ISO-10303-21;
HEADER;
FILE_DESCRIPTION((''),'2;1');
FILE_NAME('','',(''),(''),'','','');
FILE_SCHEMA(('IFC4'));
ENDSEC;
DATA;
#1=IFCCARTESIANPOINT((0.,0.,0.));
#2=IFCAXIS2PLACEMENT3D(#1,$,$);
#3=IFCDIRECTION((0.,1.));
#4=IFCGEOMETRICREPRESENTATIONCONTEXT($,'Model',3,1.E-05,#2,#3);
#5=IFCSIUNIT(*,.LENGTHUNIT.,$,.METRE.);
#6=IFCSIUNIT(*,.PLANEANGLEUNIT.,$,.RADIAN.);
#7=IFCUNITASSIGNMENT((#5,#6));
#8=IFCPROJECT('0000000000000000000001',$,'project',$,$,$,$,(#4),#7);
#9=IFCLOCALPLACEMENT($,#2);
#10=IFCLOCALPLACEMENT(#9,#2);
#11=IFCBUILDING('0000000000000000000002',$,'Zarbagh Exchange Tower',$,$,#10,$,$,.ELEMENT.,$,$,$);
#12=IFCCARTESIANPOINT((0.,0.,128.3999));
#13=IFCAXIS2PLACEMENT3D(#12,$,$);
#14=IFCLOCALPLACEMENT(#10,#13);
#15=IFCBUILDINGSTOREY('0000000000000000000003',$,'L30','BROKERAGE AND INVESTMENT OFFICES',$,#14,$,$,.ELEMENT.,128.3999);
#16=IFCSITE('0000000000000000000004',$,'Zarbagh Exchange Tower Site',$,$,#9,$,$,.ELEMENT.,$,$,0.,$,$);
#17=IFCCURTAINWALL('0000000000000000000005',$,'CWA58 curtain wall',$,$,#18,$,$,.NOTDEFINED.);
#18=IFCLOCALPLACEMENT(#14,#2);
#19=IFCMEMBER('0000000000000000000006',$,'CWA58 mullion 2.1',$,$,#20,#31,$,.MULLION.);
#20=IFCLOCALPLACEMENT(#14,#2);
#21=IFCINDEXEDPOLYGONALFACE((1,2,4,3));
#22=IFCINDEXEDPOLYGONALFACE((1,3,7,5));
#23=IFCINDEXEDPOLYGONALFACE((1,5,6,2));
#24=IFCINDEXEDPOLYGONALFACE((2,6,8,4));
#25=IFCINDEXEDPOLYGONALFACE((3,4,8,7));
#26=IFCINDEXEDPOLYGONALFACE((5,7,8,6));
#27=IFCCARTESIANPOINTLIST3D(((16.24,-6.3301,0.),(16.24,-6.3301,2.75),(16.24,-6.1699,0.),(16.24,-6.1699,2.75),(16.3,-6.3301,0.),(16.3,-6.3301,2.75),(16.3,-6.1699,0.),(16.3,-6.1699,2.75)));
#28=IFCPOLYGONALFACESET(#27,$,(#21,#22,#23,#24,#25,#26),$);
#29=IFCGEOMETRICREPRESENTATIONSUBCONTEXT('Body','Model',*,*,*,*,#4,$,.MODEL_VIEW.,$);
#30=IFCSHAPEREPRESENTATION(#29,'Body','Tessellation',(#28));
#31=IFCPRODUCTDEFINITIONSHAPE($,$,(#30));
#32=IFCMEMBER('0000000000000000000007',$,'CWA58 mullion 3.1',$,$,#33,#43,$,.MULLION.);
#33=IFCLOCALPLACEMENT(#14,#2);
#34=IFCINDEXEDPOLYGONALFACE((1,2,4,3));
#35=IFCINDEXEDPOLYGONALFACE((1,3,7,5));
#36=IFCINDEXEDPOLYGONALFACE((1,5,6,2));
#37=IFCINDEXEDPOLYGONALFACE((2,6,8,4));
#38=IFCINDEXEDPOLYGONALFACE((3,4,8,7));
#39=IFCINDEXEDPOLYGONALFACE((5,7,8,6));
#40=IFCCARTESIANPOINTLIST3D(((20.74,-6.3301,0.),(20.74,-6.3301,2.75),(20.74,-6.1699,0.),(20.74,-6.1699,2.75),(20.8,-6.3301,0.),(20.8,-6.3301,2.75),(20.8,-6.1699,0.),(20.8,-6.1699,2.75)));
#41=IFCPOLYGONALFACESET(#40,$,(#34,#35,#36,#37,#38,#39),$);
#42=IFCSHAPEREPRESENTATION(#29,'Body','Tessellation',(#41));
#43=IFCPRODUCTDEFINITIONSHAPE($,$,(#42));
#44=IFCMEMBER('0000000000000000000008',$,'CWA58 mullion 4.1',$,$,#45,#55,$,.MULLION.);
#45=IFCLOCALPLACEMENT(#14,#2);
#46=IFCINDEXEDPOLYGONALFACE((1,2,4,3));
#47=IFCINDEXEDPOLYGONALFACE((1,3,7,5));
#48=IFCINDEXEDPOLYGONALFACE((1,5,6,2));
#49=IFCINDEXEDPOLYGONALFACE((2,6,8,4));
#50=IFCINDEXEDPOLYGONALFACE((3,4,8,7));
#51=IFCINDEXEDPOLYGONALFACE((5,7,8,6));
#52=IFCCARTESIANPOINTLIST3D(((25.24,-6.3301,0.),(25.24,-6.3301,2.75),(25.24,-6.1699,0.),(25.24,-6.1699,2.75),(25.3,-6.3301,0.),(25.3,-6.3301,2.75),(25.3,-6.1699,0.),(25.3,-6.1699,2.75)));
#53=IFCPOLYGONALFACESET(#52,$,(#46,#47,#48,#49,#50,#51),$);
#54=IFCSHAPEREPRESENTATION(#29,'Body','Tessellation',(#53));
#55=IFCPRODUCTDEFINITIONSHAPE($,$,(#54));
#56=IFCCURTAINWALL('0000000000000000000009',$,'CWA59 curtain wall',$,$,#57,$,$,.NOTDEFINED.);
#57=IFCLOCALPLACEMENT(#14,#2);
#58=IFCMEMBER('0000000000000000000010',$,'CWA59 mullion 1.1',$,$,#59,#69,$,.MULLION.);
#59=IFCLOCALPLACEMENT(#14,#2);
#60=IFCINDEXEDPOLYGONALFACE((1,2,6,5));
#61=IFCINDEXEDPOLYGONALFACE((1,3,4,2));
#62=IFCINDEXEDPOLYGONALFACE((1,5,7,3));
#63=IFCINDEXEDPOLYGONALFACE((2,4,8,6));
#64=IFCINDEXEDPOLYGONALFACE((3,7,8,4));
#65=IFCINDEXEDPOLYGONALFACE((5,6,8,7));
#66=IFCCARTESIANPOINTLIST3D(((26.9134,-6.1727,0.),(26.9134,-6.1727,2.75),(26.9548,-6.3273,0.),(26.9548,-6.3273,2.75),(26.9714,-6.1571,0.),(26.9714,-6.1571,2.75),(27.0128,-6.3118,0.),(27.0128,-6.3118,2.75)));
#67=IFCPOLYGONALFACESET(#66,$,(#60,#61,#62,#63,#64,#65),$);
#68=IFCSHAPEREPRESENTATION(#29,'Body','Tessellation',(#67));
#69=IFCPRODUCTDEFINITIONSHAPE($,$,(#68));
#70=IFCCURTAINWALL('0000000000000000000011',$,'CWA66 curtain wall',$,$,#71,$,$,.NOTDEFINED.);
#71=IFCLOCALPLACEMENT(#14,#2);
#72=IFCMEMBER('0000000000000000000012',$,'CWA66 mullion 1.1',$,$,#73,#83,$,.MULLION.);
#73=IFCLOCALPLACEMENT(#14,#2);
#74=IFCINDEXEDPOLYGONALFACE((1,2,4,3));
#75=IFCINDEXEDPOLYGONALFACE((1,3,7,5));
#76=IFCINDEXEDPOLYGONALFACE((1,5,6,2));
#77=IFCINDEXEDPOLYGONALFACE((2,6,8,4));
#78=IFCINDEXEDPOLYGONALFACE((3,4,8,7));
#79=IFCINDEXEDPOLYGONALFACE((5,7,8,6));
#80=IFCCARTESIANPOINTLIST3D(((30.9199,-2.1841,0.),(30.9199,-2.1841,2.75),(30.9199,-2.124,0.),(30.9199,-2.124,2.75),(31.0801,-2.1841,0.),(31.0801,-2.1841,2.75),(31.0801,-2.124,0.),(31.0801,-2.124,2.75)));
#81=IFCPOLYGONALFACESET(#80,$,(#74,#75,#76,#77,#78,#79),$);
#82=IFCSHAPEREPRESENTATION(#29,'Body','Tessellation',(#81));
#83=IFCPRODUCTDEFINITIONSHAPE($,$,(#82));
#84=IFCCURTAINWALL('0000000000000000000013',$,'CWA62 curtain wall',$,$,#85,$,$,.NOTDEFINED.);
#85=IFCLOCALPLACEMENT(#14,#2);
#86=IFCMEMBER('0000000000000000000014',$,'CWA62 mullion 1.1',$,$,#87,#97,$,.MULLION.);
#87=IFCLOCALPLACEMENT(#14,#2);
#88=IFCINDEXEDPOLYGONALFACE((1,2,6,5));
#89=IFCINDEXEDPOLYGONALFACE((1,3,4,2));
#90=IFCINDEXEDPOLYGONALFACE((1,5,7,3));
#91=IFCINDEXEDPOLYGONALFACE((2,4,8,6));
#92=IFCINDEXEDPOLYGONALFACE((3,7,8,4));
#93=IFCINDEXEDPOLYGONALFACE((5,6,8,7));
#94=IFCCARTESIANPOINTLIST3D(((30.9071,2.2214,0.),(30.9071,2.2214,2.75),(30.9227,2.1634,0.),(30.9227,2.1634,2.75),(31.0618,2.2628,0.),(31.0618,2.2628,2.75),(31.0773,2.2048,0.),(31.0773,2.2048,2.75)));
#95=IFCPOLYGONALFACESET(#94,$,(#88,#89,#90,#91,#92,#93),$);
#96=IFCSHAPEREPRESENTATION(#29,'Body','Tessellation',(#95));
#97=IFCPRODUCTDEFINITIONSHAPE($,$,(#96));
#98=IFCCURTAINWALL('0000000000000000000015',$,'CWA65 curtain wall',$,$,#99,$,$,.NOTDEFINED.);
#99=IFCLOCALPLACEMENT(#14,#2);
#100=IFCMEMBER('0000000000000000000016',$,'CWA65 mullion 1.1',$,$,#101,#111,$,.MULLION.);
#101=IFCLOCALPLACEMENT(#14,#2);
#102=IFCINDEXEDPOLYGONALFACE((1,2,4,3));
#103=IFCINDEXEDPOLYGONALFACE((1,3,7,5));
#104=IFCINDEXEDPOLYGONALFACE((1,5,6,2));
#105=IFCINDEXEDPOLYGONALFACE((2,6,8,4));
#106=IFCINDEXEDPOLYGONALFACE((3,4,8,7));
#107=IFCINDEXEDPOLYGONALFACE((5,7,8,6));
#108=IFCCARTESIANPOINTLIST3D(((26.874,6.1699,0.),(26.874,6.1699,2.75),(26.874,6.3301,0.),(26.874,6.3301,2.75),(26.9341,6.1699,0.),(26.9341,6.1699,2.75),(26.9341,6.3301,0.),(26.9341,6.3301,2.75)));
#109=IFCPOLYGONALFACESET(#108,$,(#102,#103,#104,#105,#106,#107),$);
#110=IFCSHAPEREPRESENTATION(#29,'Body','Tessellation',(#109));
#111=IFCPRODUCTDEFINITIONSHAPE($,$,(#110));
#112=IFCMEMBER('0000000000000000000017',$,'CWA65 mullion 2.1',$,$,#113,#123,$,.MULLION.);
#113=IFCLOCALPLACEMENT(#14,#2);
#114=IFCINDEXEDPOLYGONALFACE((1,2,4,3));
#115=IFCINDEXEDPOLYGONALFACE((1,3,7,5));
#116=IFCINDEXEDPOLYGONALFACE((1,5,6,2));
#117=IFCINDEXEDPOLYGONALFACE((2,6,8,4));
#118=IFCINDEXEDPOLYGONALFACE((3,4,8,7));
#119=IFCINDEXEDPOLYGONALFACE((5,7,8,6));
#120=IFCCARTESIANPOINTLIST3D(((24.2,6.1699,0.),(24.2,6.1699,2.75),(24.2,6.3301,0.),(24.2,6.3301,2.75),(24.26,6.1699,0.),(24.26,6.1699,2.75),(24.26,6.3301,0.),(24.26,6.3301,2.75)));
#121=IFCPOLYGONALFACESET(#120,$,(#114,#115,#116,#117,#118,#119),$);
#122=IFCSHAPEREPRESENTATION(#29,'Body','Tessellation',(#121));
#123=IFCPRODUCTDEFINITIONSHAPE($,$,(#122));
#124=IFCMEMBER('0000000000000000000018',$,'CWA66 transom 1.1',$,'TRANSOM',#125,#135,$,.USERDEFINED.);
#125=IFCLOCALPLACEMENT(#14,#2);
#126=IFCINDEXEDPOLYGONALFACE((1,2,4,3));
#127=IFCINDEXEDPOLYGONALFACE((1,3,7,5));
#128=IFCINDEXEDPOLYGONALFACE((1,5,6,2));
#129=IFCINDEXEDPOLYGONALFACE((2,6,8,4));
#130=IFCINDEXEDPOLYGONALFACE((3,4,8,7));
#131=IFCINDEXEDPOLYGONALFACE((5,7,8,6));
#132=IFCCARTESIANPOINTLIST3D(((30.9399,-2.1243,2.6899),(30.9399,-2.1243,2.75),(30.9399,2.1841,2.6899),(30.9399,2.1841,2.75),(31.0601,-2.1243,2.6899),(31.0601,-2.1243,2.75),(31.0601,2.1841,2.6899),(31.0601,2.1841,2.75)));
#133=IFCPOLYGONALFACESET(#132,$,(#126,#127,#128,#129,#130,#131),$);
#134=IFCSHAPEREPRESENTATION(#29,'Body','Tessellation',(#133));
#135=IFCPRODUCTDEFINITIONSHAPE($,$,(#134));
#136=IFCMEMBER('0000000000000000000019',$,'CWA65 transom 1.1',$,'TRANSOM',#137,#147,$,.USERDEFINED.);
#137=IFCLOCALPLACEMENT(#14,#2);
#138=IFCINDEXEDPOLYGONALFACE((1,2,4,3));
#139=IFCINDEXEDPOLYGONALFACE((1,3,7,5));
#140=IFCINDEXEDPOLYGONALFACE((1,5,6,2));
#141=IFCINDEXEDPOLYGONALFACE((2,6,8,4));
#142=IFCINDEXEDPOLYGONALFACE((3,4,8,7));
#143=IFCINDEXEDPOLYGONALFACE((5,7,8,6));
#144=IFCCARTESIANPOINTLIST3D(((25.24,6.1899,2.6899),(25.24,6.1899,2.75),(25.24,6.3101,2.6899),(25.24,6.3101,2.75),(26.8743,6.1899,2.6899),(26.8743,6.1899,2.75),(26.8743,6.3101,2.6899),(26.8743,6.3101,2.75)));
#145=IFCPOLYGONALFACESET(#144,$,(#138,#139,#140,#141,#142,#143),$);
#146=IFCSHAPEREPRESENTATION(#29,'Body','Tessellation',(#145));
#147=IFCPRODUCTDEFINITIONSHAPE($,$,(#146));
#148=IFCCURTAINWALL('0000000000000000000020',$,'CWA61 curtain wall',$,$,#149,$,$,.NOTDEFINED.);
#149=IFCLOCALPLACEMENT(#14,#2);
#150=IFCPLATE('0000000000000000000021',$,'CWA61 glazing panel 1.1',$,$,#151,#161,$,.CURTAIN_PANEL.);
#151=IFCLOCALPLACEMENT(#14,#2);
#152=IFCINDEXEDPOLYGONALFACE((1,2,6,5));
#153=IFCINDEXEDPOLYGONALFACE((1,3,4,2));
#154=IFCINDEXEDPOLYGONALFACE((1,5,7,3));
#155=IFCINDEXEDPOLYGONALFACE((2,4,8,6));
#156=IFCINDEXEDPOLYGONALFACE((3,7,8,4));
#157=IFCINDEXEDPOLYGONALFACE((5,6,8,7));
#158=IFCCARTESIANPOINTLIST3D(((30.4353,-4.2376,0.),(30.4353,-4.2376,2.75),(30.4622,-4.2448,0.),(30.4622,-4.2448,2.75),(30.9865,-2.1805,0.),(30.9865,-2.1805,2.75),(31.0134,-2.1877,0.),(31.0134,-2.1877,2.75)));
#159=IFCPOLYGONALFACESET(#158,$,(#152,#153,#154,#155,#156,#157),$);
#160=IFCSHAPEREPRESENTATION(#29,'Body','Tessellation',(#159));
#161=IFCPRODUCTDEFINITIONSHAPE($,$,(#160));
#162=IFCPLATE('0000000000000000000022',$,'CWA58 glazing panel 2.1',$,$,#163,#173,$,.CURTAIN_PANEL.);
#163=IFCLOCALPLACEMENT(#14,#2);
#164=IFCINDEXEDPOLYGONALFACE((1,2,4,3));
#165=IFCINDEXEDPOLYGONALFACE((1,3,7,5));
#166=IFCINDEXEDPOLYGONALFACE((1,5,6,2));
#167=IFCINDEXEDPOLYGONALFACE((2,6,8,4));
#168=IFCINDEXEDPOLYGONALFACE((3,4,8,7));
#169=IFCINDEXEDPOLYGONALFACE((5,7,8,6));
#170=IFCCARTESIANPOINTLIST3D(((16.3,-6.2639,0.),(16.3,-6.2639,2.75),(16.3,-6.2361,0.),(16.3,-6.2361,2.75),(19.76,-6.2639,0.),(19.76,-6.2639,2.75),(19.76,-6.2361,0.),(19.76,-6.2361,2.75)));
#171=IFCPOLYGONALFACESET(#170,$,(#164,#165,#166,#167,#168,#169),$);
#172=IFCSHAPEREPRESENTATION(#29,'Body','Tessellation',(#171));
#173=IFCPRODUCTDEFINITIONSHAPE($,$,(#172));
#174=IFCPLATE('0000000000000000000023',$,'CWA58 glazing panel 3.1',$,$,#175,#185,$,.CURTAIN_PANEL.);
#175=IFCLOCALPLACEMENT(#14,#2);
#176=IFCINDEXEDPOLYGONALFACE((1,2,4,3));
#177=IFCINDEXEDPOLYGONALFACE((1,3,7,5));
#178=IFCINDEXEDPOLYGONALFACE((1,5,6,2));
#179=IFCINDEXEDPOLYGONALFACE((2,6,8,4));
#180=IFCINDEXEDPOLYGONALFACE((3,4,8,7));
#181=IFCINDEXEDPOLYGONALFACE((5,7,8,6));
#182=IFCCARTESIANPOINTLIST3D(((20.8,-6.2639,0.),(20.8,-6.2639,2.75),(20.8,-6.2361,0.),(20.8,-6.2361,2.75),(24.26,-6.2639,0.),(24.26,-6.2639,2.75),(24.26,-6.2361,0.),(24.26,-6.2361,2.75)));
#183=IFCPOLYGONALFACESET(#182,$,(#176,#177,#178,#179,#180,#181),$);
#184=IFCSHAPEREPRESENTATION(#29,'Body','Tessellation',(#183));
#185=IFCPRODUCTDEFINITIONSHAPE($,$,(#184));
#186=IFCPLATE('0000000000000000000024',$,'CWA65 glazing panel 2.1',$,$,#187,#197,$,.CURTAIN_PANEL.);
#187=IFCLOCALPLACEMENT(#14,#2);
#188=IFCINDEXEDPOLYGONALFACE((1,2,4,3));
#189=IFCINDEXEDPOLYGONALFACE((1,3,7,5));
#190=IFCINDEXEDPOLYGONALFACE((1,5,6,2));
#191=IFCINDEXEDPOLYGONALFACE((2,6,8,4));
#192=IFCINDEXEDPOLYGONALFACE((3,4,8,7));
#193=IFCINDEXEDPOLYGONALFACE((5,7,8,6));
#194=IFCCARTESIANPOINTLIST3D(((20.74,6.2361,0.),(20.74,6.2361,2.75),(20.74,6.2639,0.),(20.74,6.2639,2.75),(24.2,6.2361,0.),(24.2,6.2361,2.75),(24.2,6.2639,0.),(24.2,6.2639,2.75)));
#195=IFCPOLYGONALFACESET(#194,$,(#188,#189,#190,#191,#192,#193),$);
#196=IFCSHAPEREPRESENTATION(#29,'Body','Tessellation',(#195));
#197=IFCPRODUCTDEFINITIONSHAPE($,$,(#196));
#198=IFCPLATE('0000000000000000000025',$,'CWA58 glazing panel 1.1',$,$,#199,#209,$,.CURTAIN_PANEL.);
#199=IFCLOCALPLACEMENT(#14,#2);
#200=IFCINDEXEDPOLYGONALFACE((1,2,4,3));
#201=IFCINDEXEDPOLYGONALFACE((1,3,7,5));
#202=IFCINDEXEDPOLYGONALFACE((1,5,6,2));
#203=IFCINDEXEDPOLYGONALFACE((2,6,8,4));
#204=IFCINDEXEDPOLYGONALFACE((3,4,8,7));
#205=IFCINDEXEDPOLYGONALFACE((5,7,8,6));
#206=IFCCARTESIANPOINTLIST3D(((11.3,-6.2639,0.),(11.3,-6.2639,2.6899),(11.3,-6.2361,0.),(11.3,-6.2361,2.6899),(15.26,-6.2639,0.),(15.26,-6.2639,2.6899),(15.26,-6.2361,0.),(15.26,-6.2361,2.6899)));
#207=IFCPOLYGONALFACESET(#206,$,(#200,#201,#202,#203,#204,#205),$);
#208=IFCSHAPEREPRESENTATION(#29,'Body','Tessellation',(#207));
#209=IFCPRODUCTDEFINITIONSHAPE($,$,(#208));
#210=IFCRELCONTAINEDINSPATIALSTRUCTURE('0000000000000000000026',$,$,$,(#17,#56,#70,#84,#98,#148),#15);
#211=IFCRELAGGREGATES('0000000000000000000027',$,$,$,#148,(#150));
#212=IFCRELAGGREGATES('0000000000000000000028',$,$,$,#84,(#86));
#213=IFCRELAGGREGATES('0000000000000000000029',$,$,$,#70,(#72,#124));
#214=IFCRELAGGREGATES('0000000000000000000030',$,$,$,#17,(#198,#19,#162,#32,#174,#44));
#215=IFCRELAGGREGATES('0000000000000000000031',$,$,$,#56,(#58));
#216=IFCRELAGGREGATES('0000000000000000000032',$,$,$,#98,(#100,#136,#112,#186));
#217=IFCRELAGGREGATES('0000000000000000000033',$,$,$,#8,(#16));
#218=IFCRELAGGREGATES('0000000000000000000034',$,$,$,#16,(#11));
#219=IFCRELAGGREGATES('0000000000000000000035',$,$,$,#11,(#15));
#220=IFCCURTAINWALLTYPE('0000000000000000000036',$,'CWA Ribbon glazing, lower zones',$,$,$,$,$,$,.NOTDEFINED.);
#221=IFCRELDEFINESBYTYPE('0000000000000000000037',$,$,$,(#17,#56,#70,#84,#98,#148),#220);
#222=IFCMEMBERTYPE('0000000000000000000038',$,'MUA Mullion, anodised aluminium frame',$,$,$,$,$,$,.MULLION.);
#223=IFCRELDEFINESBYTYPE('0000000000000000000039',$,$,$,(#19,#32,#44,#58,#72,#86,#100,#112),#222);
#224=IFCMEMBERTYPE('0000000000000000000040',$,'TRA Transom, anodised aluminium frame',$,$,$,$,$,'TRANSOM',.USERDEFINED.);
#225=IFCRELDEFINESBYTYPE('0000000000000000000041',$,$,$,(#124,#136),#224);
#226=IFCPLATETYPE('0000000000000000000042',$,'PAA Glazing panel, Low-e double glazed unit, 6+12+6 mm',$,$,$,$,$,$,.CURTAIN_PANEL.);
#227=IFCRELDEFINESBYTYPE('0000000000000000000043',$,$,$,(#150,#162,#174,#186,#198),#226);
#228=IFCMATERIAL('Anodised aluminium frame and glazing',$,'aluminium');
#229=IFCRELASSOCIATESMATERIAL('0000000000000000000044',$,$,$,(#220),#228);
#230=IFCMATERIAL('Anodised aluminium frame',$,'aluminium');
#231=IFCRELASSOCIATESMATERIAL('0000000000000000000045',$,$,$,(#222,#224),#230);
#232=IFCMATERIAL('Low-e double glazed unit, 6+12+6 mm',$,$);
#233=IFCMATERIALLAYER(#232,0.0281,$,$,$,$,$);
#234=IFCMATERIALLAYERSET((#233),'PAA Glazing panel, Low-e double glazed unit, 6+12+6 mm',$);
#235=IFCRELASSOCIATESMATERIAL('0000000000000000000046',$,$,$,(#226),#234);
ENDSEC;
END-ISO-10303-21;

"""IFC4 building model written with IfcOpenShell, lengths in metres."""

from ifc_helpers import new_model, si_unit, direction, frame, origin, place, context, subcontext, project, spatial, polyline, outline, extrude, source, transform, mapped, material, layer, layer_set, type_object, element, aggregate, save


model = new_model("IFC4")

# Units and contexts
model_context = context("Model", 3, precision=1e-05, world=origin(), true_north=direction((0.0, 1.0)))
body_context = subcontext(model_context, "Body", "Model", "MODEL_VIEW")
ifc_project = project(units=[si_unit("LENGTHUNIT", "METRE"), si_unit("PLANEANGLEUNIT", "RADIAN")], contexts=[model_context])

# Site, building, storey
site_placement = place(None, origin())
site = spatial("IfcSite", under=ifc_project, at=site_placement, Name="Zarbagh Exchange Tower Site", CompositionType="ELEMENT", RefElevation=0.0)
building_placement = place(site_placement, origin())
building = spatial("IfcBuilding", under=site, at=building_placement, Name="Zarbagh Exchange Tower", CompositionType="ELEMENT")
storey_placement = place(building_placement, frame((0.0, 0.0, 128.3999)))
storey = spatial("IfcBuildingStorey", under=building, at=storey_placement, Name="L30", Description="BROKERAGE AND INVESTMENT OFFICES", CompositionType="ELEMENT", Elevation=128.3999)

# Curtain wall, members
ifc_material_1 = material(Name="Anodised aluminium frame and glazing", Category="aluminium")
curtain_wall_type = type_object("IfcCurtainWallType", Name="CWA Ribbon glazing, lower zones", PredefinedType="NOTDEFINED", material=ifc_material_1)
curtain_wall_1_placement = place(storey_placement, origin())
curtain_wall_1 = element("IfcCurtainWall", 1, at=curtain_wall_1_placement, inside=storey, type_object=curtain_wall_type, Name="CWA58 curtain wall", PredefinedType="NOTDEFINED")
ifc_material_2 = material(Name="Anodised aluminium frame", Category="aluminium")
member_type_1 = type_object("IfcMemberType", Name="MUA Mullion, anodised aluminium frame", PredefinedType="MULLION", material=ifc_material_2)
shared_shape_1 = source(origin(), body_context, "Body", "SweptSolid", [
    extrude(outline(polyline([(0.0, -0.0801), (0.0601, -0.0801), (0.0601, 0.0801), (0.0, 0.0801), (0.0, -0.0801)])), origin(), (0.0, 0.0, 1.0), 2.75),
])
placement = place(storey_placement, origin())
member_1 = element("IfcMember", 2, at=placement, type_object=member_type_1, Name="CWA58 mullion 2.1", PredefinedType="MULLION", context=body_context, shape_type="MappedRepresentation", body=[
    mapped(shared_shape_1, transform((16.24, -6.25, 0.0), x_axis=(1.0, 0.0, 0.0), y_axis=(0.0, 1.0, 0.0), z_axis=(0.0, 0.0, 1.0))),
])
member_2 = element("IfcMember", 3, at=placement, type_object=member_type_1, Name="CWA58 mullion 3.1", PredefinedType="MULLION", context=body_context, shape_type="MappedRepresentation", body=[
    mapped(shared_shape_1, transform((20.74, -6.25, 0.0), x_axis=(1.0, 0.0, 0.0), y_axis=(0.0, 1.0, 0.0), z_axis=(0.0, 0.0, 1.0))),
])
member_3 = element("IfcMember", 4, at=placement, type_object=member_type_1, Name="CWA58 mullion 4.1", PredefinedType="MULLION", context=body_context, shape_type="MappedRepresentation", body=[
    mapped(shared_shape_1, transform((25.24, -6.25, 0.0), x_axis=(1.0, 0.0, 0.0), y_axis=(0.0, 1.0, 0.0), z_axis=(0.0, 0.0, 1.0))),
])

# Curtain walls, members
curtain_wall_2_placement = place(storey_placement, origin())
curtain_wall_2 = element("IfcCurtainWall", 5, at=curtain_wall_2_placement, inside=storey, type_object=curtain_wall_type, Name="CWA59 curtain wall", PredefinedType="NOTDEFINED")
member_4 = element("IfcMember", 6, at=placement, type_object=member_type_1, Name="CWA59 mullion 1.1", PredefinedType="MULLION", context=body_context, shape_type="MappedRepresentation", body=[
    mapped(shared_shape_1, transform((26.9341, -6.25, 0.0), x_axis=(0.965924, 0.258825, 0.0), y_axis=(-0.258825, 0.965924, 0.0), z_axis=(0.0, 0.0, 1.0))),
])
curtain_wall_3_placement = place(storey_placement, origin())
curtain_wall_3 = element("IfcCurtainWall", 7, at=curtain_wall_3_placement, inside=storey, type_object=curtain_wall_type, Name="CWA66 curtain wall", PredefinedType="NOTDEFINED")
member_5 = element("IfcMember", 8, at=placement, type_object=member_type_1, Name="CWA66 mullion 1.1", PredefinedType="MULLION", context=body_context, shape_type="MappedRepresentation", body=[
    mapped(shared_shape_1, transform((31.0, -2.1841, 0.0), x_axis=(0.0, 1.0, 0.0), y_axis=(-1.0, 0.0, 0.0), z_axis=(0.0, 0.0, 1.0))),
])
curtain_wall_4_placement = place(storey_placement, origin())
curtain_wall_4 = element("IfcCurtainWall", 9, at=curtain_wall_4_placement, inside=storey, type_object=curtain_wall_type, Name="CWA62 curtain wall", PredefinedType="NOTDEFINED")
member_6 = element("IfcMember", 10, at=placement, type_object=member_type_1, Name="CWA62 mullion 1.1", PredefinedType="MULLION", context=body_context, shape_type="MappedRepresentation", body=[
    mapped(shared_shape_1, transform((31.0, 2.1841, 0.0), x_axis=(-0.258825, 0.965924, 0.0), y_axis=(-0.965924, -0.258825, 0.0), z_axis=(0.0, 0.0, 1.0))),
])

# Curtain wall, members
curtain_wall_5_placement = place(storey_placement, origin())
curtain_wall_5 = element("IfcCurtainWall", 11, at=curtain_wall_5_placement, inside=storey, type_object=curtain_wall_type, Name="CWA65 curtain wall", PredefinedType="NOTDEFINED")
member_7 = element("IfcMember", 12, at=placement, type_object=member_type_1, Name="CWA65 mullion 1.1", PredefinedType="MULLION", context=body_context, shape_type="MappedRepresentation", body=[
    mapped(shared_shape_1, transform((26.9341, 6.25, 0.0), x_axis=(-1.0, 0.0, 0.0), y_axis=(0.0, -1.0, 0.0), z_axis=(0.0, 0.0, 1.0))),
])
member_8 = element("IfcMember", 13, at=placement, type_object=member_type_1, Name="CWA65 mullion 2.1", PredefinedType="MULLION", context=body_context, shape_type="MappedRepresentation", body=[
    mapped(shared_shape_1, transform((24.26, 6.25, 0.0), x_axis=(-1.0, 0.0, 0.0), y_axis=(0.0, -1.0, 0.0), z_axis=(0.0, 0.0, 1.0))),
])

# Members
member_type_2 = type_object("IfcMemberType", Name="TRA Transom, anodised aluminium frame", ElementType="TRANSOM", PredefinedType="USERDEFINED", material=ifc_material_2)
shared_shape_2 = source(origin(), body_context, "Body", "SweptSolid", [
    extrude(outline(polyline([(-0.0601, -0.0601), (0.0, -0.0601), (0.0, 0.0601), (-0.0601, 0.0601), (-0.0601, -0.0601)])), origin(), (0.0, 0.0, 1.0), 4.3083),
])
member_9 = element("IfcMember", 14, at=placement, type_object=member_type_2, Name="CWA66 transom 1.1", ObjectType="TRANSOM", PredefinedType="USERDEFINED", context=body_context, shape_type="MappedRepresentation", body=[
    mapped(shared_shape_2, transform((31.0, -2.1243, 2.75), x_axis=(0.0, 0.0, 1.0), y_axis=(1.0, 0.0, 0.0), z_axis=(0.0, 1.0, 0.0))),
])
shared_shape_3 = source(origin(), body_context, "Body", "SweptSolid", [
    extrude(outline(polyline([(-0.0601, -0.0601), (0.0, -0.0601), (0.0, 0.0601), (-0.0601, 0.0601), (-0.0601, -0.0601)])), origin(), (0.0, 0.0, 1.0), 1.6343),
])
member_10 = element("IfcMember", 15, at=placement, type_object=member_type_2, Name="CWA65 transom 1.1", ObjectType="TRANSOM", PredefinedType="USERDEFINED", context=body_context, shape_type="MappedRepresentation", body=[
    mapped(shared_shape_3, transform((26.8743, 6.25, 2.75), x_axis=(0.0, 0.0, 1.0), y_axis=(0.0, 1.0, 0.0), z_axis=(-1.0, 0.0, 0.0))),
])

# Curtain wall, plate
curtain_wall_6_placement = place(storey_placement, origin())
curtain_wall_6 = element("IfcCurtainWall", 16, at=curtain_wall_6_placement, inside=storey, type_object=curtain_wall_type, Name="CWA61 curtain wall", PredefinedType="NOTDEFINED")
ifc_material_3 = material(Name="Low-e double glazed unit, 6+12+6 mm")
ifc_layer = layer(ifc_material_3, 0.0281)
ifc_layer_set = layer_set([ifc_layer], Name="PAA Glazing panel, Low-e double glazed unit, 6+12+6 mm")
plate_type = type_object("IfcPlateType", Name="PAA Glazing panel, Low-e double glazed unit, 6+12+6 mm", PredefinedType="CURTAIN_PANEL", material=ifc_layer_set)
shared_shape_4 = source(origin(), body_context, "Body", "SweptSolid", [
    extrude(outline(polyline([(0.0, -0.0139), (2.1296, -0.0139), (2.1296, 0.0139), (0.0, 0.0139), (0.0, -0.0139)])), origin(), (0.0, 0.0, 1.0), 2.75),
])
plate_1 = element("IfcPlate", 17, at=placement, type_object=plate_type, Name="CWA61 glazing panel 1.1", PredefinedType="CURTAIN_PANEL", context=body_context, shape_type="MappedRepresentation", body=[
    mapped(shared_shape_4, transform((30.4487, -4.2412, 0.0), x_axis=(0.258825, 0.965924, 0.0), y_axis=(-0.965924, 0.258825, 0.0), z_axis=(0.0, 0.0, 1.0))),
])
aggregate(curtain_wall_6, [plate_1])

# Plates
shared_shape_5 = source(origin(), body_context, "Body", "SweptSolid", [
    extrude(outline(polyline([(0.0, -0.0139), (3.46, -0.0139), (3.46, 0.0139), (0.0, 0.0139), (0.0, -0.0139)])), origin(), (0.0, 0.0, 1.0), 2.75),
])
plate_2 = element("IfcPlate", 18, at=placement, type_object=plate_type, Name="CWA58 glazing panel 2.1", PredefinedType="CURTAIN_PANEL", context=body_context, shape_type="MappedRepresentation", body=[
    mapped(shared_shape_5, transform((16.3, -6.25, 0.0), x_axis=(1.0, 0.0, 0.0), y_axis=(0.0, 1.0, 0.0), z_axis=(0.0, 0.0, 1.0))),
])
plate_3 = element("IfcPlate", 19, at=placement, type_object=plate_type, Name="CWA58 glazing panel 3.1", PredefinedType="CURTAIN_PANEL", context=body_context, shape_type="MappedRepresentation", body=[
    mapped(shared_shape_5, transform((20.8, -6.25, 0.0), x_axis=(1.0, 0.0, 0.0), y_axis=(0.0, 1.0, 0.0), z_axis=(0.0, 0.0, 1.0))),
])
plate_4 = element("IfcPlate", 20, at=placement, type_object=plate_type, Name="CWA65 glazing panel 2.1", PredefinedType="CURTAIN_PANEL", context=body_context, shape_type="MappedRepresentation", body=[
    mapped(shared_shape_5, transform((24.2, 6.25, 0.0), x_axis=(-1.0, 0.0, 0.0), y_axis=(0.0, -1.0, 0.0), z_axis=(0.0, 0.0, 1.0))),
])
shared_shape_6 = source(origin(), body_context, "Body", "SweptSolid", [
    extrude(outline(polyline([(0.0, -0.0139), (3.96, -0.0139), (3.96, 0.0139), (0.0, 0.0139), (0.0, -0.0139)])), origin(), (0.0, 0.0, 1.0), 2.6899),
])
plate_5 = element("IfcPlate", 21, at=placement, type_object=plate_type, Name="CWA58 glazing panel 1.1", PredefinedType="CURTAIN_PANEL", context=body_context, shape_type="MappedRepresentation", body=[
    mapped(shared_shape_6, transform((11.3, -6.25, 0.0), x_axis=(1.0, 0.0, 0.0), y_axis=(0.0, 1.0, 0.0), z_axis=(0.0, 0.0, 1.0))),
])
aggregate(curtain_wall_4, [member_6])
aggregate(curtain_wall_3, [member_5, member_9])
aggregate(curtain_wall_1, [plate_5, member_1, plate_2, member_2, plate_3, member_3])
aggregate(curtain_wall_2, [member_4])

aggregate(curtain_wall_5, [member_7, member_10, member_8, plate_4])

save(model, "model.ifc")
